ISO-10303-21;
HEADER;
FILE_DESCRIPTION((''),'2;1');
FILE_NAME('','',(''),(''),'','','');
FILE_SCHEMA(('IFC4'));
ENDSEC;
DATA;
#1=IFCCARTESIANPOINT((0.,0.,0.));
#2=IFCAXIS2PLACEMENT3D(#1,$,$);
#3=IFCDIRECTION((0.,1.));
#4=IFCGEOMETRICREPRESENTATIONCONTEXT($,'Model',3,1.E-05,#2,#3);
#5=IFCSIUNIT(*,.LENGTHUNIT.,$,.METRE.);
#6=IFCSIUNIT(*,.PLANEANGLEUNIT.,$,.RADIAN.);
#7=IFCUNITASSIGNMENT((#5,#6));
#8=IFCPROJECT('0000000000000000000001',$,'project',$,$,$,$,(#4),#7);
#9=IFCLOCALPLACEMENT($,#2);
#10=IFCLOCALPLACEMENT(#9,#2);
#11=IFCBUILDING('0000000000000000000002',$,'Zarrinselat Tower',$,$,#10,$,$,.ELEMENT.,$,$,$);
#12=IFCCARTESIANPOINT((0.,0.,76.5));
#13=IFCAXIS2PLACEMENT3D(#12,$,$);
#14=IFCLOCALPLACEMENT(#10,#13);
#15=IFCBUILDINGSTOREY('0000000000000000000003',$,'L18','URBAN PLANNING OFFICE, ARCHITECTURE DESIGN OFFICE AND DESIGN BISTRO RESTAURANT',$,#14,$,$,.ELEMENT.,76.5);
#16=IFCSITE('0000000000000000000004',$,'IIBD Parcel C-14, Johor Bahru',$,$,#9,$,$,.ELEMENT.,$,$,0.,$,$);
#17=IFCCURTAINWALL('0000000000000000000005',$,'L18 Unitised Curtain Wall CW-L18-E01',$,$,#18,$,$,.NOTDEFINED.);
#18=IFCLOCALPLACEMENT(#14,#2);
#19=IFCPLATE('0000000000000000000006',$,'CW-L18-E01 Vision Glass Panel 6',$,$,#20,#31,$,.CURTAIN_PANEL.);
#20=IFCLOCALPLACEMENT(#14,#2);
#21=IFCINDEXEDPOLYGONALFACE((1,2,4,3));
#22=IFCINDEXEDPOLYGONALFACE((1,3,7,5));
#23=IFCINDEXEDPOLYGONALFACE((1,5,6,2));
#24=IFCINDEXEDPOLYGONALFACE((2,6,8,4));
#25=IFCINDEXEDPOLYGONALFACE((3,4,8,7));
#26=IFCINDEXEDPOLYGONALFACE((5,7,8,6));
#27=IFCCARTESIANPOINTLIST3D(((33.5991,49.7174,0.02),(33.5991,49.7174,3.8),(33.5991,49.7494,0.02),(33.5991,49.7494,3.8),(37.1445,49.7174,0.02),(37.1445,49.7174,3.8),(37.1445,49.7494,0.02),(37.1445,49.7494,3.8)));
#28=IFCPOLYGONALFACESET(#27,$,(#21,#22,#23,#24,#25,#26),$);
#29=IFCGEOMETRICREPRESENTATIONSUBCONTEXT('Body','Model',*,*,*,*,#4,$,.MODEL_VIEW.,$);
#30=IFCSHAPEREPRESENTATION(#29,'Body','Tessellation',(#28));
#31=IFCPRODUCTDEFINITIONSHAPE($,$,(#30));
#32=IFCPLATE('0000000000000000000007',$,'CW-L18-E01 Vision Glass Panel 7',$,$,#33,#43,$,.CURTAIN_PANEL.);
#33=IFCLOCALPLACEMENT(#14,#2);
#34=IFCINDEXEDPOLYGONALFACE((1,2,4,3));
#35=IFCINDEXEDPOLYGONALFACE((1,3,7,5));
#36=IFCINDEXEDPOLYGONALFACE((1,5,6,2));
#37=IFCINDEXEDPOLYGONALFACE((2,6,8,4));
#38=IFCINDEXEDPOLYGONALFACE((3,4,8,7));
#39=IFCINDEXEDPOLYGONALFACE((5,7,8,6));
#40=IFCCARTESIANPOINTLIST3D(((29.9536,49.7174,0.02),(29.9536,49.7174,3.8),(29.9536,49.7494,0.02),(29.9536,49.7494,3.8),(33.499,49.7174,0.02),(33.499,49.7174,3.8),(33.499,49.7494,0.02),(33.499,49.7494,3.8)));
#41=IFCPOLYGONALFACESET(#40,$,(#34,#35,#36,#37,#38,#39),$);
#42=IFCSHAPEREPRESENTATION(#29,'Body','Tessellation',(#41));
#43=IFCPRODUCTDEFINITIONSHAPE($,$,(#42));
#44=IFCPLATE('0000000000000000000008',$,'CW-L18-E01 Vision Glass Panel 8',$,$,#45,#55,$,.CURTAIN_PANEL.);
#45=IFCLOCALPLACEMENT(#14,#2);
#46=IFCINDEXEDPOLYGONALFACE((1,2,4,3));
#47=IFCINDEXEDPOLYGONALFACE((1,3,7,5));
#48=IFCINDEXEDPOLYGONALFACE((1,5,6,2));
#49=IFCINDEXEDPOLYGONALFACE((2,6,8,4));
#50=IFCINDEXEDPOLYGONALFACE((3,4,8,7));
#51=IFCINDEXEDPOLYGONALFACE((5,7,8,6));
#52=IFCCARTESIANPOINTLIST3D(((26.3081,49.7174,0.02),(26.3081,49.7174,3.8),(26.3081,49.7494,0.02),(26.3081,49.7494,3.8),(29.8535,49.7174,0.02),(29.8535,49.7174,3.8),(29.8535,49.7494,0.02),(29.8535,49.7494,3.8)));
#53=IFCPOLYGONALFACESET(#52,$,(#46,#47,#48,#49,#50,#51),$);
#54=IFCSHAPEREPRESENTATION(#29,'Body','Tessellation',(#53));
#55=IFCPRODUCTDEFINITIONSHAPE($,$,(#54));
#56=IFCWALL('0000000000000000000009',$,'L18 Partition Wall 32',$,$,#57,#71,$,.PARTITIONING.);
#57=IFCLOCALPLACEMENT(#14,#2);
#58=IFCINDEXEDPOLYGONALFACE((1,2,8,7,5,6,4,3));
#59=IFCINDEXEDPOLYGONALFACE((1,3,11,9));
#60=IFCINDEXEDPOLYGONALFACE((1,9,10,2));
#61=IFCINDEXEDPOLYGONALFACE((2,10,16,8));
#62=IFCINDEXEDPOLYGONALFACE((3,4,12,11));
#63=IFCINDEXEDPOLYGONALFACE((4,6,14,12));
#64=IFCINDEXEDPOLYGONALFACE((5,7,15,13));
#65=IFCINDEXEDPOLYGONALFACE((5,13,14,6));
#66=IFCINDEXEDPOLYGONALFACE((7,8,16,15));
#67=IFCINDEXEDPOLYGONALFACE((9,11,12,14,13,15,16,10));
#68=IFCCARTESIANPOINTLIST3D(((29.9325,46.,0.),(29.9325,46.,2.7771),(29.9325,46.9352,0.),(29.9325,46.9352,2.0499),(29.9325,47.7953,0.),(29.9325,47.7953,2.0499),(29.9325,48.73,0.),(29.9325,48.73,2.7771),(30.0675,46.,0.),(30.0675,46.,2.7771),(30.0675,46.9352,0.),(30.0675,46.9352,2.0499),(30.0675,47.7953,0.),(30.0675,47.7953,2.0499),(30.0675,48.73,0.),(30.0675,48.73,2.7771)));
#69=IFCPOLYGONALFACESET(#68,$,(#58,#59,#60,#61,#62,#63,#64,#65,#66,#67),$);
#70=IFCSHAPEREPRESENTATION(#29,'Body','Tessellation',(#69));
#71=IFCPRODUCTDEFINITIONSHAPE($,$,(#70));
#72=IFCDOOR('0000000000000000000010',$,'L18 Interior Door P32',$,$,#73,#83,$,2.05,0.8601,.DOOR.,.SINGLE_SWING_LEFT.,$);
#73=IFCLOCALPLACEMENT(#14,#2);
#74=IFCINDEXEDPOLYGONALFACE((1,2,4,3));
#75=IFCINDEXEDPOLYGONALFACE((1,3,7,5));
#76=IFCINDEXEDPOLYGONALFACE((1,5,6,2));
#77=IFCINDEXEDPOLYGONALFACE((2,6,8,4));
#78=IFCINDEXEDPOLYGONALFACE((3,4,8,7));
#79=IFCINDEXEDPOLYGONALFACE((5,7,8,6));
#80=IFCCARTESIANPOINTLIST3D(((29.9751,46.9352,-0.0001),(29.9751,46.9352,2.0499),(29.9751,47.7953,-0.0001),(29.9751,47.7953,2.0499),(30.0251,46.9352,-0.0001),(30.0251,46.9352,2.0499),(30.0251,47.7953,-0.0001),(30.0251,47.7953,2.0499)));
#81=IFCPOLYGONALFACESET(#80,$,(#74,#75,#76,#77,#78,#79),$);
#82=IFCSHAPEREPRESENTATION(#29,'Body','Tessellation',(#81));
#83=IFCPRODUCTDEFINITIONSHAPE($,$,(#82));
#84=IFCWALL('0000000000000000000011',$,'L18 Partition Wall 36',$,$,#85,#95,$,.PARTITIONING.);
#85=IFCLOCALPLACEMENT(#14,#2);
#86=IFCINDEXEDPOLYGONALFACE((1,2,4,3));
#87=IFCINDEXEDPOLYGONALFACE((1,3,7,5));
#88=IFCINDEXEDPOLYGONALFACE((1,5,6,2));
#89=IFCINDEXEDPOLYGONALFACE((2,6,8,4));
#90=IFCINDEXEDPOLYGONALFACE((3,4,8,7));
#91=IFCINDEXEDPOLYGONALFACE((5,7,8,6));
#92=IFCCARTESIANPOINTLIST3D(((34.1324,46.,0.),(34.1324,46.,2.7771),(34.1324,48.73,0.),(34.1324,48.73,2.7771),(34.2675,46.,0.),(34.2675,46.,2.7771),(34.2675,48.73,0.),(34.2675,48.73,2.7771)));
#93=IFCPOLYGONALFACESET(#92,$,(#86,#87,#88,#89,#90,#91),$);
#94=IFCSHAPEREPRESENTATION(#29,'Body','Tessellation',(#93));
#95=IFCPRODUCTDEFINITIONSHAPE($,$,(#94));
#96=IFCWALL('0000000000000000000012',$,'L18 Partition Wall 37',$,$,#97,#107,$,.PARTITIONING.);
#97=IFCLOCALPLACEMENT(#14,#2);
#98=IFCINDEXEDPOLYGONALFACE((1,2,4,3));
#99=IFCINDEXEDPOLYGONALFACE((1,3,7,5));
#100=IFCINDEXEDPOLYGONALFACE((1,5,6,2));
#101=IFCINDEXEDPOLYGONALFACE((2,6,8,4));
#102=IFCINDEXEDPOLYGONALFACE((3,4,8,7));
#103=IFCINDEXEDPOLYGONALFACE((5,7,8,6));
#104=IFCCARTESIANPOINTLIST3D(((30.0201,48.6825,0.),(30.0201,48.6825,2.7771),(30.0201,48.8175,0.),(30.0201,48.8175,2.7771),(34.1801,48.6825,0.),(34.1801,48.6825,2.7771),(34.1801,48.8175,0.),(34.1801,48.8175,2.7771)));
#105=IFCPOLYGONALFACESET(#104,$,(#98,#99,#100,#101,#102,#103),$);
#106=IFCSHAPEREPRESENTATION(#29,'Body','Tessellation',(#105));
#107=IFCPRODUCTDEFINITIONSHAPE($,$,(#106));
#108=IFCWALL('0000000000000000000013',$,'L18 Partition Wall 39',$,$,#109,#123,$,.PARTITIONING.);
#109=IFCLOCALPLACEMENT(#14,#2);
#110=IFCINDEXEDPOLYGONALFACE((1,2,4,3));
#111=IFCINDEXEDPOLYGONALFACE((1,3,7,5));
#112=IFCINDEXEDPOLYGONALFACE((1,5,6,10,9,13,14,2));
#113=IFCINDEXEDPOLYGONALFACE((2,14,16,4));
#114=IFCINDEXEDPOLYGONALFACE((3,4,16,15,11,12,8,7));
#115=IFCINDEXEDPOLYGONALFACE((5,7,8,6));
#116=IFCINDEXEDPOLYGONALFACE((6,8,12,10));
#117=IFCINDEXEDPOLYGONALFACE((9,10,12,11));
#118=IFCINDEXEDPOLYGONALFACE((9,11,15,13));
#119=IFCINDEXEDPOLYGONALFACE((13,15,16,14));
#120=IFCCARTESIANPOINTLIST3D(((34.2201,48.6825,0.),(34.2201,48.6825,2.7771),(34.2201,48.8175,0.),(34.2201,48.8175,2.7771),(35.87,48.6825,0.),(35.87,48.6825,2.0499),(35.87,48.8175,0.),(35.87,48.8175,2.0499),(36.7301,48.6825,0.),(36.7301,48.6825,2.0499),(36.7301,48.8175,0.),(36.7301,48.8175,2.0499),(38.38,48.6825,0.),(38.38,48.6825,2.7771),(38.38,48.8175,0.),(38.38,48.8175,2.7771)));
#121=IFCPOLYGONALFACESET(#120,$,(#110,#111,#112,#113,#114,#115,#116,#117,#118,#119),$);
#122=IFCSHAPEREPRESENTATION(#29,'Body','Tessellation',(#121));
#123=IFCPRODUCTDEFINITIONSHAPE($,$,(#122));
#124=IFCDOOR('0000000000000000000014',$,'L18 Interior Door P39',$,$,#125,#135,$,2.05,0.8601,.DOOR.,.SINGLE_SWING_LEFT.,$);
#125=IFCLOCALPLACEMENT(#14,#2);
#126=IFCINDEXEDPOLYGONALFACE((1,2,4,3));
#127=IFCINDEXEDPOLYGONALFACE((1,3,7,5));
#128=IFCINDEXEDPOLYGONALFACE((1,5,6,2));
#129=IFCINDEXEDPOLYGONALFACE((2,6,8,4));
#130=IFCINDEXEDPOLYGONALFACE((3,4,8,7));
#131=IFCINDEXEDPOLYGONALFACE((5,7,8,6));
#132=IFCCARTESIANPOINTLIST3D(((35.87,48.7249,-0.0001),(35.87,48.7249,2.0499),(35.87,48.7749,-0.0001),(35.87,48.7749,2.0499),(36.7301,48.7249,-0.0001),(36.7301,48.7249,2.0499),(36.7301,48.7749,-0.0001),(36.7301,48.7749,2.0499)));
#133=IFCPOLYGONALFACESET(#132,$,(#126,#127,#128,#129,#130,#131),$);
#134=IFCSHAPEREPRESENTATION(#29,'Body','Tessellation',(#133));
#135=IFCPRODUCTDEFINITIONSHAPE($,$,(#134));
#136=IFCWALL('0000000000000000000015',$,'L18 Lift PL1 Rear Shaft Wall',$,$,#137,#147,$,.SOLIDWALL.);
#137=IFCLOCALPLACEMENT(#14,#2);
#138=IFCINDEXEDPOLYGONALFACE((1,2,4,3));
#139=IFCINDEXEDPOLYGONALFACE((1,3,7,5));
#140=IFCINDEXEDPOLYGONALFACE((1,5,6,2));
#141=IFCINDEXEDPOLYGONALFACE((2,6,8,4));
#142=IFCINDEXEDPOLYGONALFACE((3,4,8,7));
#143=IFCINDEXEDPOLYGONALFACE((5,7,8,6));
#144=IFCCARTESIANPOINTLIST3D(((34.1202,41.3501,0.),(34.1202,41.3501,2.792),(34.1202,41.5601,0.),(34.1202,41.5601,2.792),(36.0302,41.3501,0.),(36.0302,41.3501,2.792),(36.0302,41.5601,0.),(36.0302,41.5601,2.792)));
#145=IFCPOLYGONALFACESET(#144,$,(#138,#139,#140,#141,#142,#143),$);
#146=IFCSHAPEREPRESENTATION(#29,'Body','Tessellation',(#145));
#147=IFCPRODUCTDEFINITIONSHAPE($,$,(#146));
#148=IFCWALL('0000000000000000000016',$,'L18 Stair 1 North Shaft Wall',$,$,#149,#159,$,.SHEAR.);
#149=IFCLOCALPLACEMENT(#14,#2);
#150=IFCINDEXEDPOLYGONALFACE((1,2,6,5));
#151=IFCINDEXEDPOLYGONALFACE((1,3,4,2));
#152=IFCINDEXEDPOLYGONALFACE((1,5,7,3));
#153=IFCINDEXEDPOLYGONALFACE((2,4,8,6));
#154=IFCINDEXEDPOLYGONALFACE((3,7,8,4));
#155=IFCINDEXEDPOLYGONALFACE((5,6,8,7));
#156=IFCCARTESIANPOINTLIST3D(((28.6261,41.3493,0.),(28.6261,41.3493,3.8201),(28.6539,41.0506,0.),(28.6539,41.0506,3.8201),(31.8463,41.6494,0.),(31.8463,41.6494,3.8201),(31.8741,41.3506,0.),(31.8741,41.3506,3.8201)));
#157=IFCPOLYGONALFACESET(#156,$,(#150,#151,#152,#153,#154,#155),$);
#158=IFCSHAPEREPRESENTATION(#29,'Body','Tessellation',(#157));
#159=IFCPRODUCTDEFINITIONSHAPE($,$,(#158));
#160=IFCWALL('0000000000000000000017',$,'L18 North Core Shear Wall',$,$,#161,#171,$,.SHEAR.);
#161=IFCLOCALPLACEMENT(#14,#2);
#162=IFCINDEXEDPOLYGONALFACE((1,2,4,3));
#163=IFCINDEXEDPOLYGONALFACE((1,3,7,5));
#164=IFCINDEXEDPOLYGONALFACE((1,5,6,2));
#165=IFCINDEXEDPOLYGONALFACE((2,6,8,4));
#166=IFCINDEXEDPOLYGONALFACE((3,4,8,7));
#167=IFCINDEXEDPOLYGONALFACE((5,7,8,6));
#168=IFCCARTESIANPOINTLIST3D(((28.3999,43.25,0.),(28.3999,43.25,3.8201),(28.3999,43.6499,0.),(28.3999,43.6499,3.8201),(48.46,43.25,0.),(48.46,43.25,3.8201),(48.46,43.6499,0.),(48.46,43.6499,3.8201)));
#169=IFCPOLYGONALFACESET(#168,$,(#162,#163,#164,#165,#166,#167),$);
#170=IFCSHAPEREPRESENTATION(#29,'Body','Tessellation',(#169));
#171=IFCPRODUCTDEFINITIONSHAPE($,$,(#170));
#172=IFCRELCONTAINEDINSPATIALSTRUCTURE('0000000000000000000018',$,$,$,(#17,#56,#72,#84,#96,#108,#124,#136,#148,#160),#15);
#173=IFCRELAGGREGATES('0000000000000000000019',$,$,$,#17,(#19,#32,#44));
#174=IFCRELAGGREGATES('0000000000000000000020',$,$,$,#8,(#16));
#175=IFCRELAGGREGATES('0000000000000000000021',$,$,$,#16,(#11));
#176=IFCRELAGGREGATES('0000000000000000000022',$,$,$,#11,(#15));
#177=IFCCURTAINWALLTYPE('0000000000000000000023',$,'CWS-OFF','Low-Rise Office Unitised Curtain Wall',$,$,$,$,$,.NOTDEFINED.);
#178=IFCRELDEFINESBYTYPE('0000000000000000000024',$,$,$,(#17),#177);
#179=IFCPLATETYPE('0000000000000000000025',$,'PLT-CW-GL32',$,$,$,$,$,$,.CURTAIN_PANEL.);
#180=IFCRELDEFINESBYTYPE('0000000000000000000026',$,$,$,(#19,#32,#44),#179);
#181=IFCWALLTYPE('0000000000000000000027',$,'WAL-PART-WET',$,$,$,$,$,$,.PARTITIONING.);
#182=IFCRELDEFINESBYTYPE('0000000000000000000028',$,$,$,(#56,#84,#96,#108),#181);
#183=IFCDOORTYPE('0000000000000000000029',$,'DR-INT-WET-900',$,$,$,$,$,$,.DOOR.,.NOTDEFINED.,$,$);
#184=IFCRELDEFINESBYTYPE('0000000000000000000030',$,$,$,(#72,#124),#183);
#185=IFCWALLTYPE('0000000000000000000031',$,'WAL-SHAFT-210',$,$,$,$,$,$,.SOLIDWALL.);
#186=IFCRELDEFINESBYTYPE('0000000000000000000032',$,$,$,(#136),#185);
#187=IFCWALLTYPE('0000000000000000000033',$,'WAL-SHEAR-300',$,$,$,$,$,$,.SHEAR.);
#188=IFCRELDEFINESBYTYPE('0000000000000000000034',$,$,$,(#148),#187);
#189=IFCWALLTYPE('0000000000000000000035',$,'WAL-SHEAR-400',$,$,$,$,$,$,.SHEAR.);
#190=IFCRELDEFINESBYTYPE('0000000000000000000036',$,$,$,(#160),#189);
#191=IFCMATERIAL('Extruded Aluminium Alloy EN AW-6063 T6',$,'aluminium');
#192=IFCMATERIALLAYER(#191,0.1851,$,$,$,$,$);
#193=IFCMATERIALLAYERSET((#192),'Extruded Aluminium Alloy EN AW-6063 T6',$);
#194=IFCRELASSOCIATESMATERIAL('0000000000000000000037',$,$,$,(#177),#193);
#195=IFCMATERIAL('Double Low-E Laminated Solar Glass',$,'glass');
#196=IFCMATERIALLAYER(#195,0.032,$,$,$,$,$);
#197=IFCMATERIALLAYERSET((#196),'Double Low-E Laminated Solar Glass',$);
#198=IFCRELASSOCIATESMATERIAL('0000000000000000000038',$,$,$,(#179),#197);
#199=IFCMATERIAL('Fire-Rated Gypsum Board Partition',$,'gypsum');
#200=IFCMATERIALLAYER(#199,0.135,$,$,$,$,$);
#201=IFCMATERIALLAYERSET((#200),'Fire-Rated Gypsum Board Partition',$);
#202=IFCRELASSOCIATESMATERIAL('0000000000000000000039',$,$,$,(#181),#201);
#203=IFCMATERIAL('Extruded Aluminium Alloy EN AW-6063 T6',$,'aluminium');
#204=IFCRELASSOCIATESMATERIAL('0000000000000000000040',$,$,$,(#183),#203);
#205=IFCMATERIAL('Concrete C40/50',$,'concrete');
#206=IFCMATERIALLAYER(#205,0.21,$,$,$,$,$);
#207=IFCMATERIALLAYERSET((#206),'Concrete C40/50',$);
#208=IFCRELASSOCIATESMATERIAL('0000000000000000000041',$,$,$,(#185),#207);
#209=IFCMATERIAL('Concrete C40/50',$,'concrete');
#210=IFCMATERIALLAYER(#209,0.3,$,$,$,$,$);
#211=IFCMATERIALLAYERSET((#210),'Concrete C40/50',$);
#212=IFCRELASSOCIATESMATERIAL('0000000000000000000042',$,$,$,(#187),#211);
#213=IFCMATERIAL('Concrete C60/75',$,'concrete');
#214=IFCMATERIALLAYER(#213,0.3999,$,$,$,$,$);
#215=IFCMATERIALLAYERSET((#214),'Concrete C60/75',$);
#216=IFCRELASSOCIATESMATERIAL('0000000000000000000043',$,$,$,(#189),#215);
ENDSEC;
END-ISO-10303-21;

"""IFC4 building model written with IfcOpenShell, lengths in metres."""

from ifc_helpers import new_model, si_unit, direction, frame, frame_2d, origin, origin_2d, place, context, subcontext, project, spatial, rectangle, extrude, material, layer, layer_set, type_object, element, fill, aggregate, save


model = new_model("IFC4")

# Units and contexts
model_context = context("Model", 3, precision=1e-05, world=origin(), true_north=direction((0.0, 1.0)))
body_context = subcontext(model_context, "Body", "Model", "MODEL_VIEW")
ifc_project = project(units=[si_unit("LENGTHUNIT", "METRE"), si_unit("PLANEANGLEUNIT", "RADIAN")], contexts=[model_context])

# Site, building, storey
site_placement = place(None, origin())
site = spatial("IfcSite", under=ifc_project, at=site_placement, Name="IIBD Parcel C-14, Johor Bahru", CompositionType="ELEMENT", RefElevation=0.0)
building_placement = place(site_placement, origin())
building = spatial("IfcBuilding", under=site, at=building_placement, Name="Zarrinselat Tower", CompositionType="ELEMENT")
storey_placement = place(building_placement, frame((0.0, 0.0, 76.5)))
storey = spatial("IfcBuildingStorey", under=building, at=storey_placement, Name="L18", Description="URBAN PLANNING OFFICE, ARCHITECTURE DESIGN OFFICE AND DESIGN BISTRO RESTAURANT", CompositionType="ELEMENT", Elevation=76.5)

# Curtain wall, plates
ifc_material_1 = material(Name="Extruded Aluminium Alloy EN AW-6063 T6", Category="aluminium")
ifc_layer_1 = layer(ifc_material_1, 0.1851)
ifc_layer_set_1 = layer_set([ifc_layer_1], Name="Extruded Aluminium Alloy EN AW-6063 T6")
curtain_wall_type = type_object("IfcCurtainWallType", Name="CWS-OFF", Description="Low-Rise Office Unitised Curtain Wall", PredefinedType="NOTDEFINED", material=ifc_layer_set_1)
curtain_wall_placement = place(storey_placement, origin())
curtain_wall = element("IfcCurtainWall", 1, at=curtain_wall_placement, inside=storey, type_object=curtain_wall_type, Name="L18 Unitised Curtain Wall CW-L18-E01", PredefinedType="NOTDEFINED")
ifc_material_2 = material(Name="Double Low-E Laminated Solar Glass", Category="glass")
ifc_layer_2 = layer(ifc_material_2, 0.032)
ifc_layer_set_2 = layer_set([ifc_layer_2], Name="Double Low-E Laminated Solar Glass")
plate_type = type_object("IfcPlateType", Name="PLT-CW-GL32", PredefinedType="CURTAIN_PANEL", material=ifc_layer_set_2)
plate_1_placement = place(storey_placement, frame((35.3718, 49.7334, 0.02), z_axis=(0.0, 0.0, 1.0), x_axis=(-1.0, 0.0, 0.0)))
plate_1 = element("IfcPlate", 2, at=plate_1_placement, type_object=plate_type, Name="CW-L18-E01 Vision Glass Panel 6", PredefinedType="CURTAIN_PANEL", context=body_context, shape_type="SweptSolid", body=[
    extrude(rectangle(XDim=3.5454, YDim=0.032, at=origin_2d()), origin(), (0.0, 0.0, 1.0), 3.78),
])
plate_2_placement = place(storey_placement, frame((31.7263, 49.7334, 0.02), z_axis=(0.0, 0.0, 1.0), x_axis=(-1.0, 0.0, 0.0)))
plate_2 = element("IfcPlate", 3, at=plate_2_placement, type_object=plate_type, Name="CW-L18-E01 Vision Glass Panel 7", PredefinedType="CURTAIN_PANEL", context=body_context, shape_type="SweptSolid", body=[
    extrude(rectangle(XDim=3.5454, YDim=0.032, at=origin_2d()), origin(), (0.0, 0.0, 1.0), 3.78),
])
plate_3_placement = place(storey_placement, frame((28.0808, 49.7334, 0.02), z_axis=(0.0, 0.0, 1.0), x_axis=(-1.0, 0.0, 0.0)))
plate_3 = element("IfcPlate", 4, at=plate_3_placement, type_object=plate_type, Name="CW-L18-E01 Vision Glass Panel 8", PredefinedType="CURTAIN_PANEL", context=body_context, shape_type="SweptSolid", body=[
    extrude(rectangle(XDim=3.5454, YDim=0.032, at=origin_2d()), origin(), (0.0, 0.0, 1.0), 3.78),
])
aggregate(curtain_wall, [plate_1, plate_2, plate_3])

# Wall, opening, door
ifc_material_3 = material(Name="Fire-Rated Gypsum Board Partition", Category="gypsum")
ifc_layer_3 = layer(ifc_material_3, 0.135)
ifc_layer_set_3 = layer_set([ifc_layer_3], Name="Fire-Rated Gypsum Board Partition")
wall_type_1 = type_object("IfcWallType", Name="WAL-PART-WET", PredefinedType="PARTITIONING", material=ifc_layer_set_3)
wall_1_placement = place(storey_placement, frame((30.0, 46.0, 0.0), z_axis=(0.0, 0.0, 1.0), x_axis=(0.0, 1.0, 0.0)))
wall_1 = element("IfcWall", 5, at=wall_1_placement, inside=storey, type_object=wall_type_1, Name="L18 Partition Wall 32", PredefinedType="PARTITIONING", context=body_context, shape_type="SweptSolid", body=[
    extrude(rectangle(XDim=2.73, YDim=0.135, at=frame_2d((1.365, 0.0))), origin(), (0.0, 0.0, 1.0), 2.7771),
])
opening_1_placement = place(wall_1_placement, frame((0.9351, 0.0, 0.0)))
opening_1 = element("IfcOpeningElement", 6, at=opening_1_placement, cuts=wall_1, PredefinedType="OPENING", context=body_context, shape_type="SweptSolid", body=[
    extrude(rectangle(XDim=0.8601, YDim=2.05, at=frame_2d((0.4302, 1.0249))), frame((0.0, 0.0774, 0.0), z_axis=(0.0, -1.0, 0.0), x_axis=(1.0, 0.0, 0.0)), (0.0, 0.0, 1.0), 0.155),
])
ifc_material_4 = material(Name="Extruded Aluminium Alloy EN AW-6063 T6", Category="aluminium")
door_type = type_object("IfcDoorType", Name="DR-INT-WET-900", OperationType="NOTDEFINED", PredefinedType="DOOR", material=ifc_material_4)
door_1_placement = place(opening_1_placement, origin())
door_1 = element("IfcDoor", 7, at=door_1_placement, inside=storey, type_object=door_type, Name="L18 Interior Door P32", OperationType="SINGLE_SWING_LEFT", OverallHeight=2.05, OverallWidth=0.8601, PredefinedType="DOOR", context=body_context, shape_type="SweptSolid", body=[
    extrude(rectangle(XDim=0.8601, YDim=2.05, at=frame_2d((0.4302, 1.0249))), frame((0.0, 0.0249, 0.0), z_axis=(0.0, -1.0, 0.0), x_axis=(1.0, 0.0, 0.0)), (0.0, 0.0, 1.0), 0.05),
])
fill(opening_1, door_1)

# Walls
wall_2_placement = place(storey_placement, frame((34.2, 46.0, 0.0), z_axis=(0.0, 0.0, 1.0), x_axis=(0.0, 1.0, 0.0)))
element("IfcWall", 8, at=wall_2_placement, inside=storey, type_object=wall_type_1, Name="L18 Partition Wall 36", PredefinedType="PARTITIONING", context=body_context, shape_type="SweptSolid", body=[
    extrude(rectangle(XDim=2.73, YDim=0.135, at=frame_2d((1.365, 0.0))), origin(), (0.0, 0.0, 1.0), 2.7771),
])
wall_3_placement = place(storey_placement, frame((30.02, 48.75, 0.0), z_axis=(0.0, 0.0, 1.0), x_axis=(1.0, 0.0, 0.0)))
element("IfcWall", 9, at=wall_3_placement, inside=storey, type_object=wall_type_1, Name="L18 Partition Wall 37", PredefinedType="PARTITIONING", context=body_context, shape_type="SweptSolid", body=[
    extrude(rectangle(XDim=4.1599, YDim=0.135, at=frame_2d((2.0801, 0.0))), origin(), (0.0, 0.0, 1.0), 2.7771),
])

# Wall, opening, door
wall_4_placement = place(storey_placement, frame((34.22, 48.75, 0.0), z_axis=(0.0, 0.0, 1.0), x_axis=(1.0, 0.0, 0.0)))
wall_4 = element("IfcWall", 10, at=wall_4_placement, inside=storey, type_object=wall_type_1, Name="L18 Partition Wall 39", PredefinedType="PARTITIONING", context=body_context, shape_type="SweptSolid", body=[
    extrude(rectangle(XDim=4.1599, YDim=0.135, at=frame_2d((2.0801, 0.0))), origin(), (0.0, 0.0, 1.0), 2.7771),
])
opening_2_placement = place(wall_4_placement, frame((1.6499, 0.0, 0.0)))
opening_2 = element("IfcOpeningElement", 11, at=opening_2_placement, cuts=wall_4, PredefinedType="OPENING", context=body_context, shape_type="SweptSolid", body=[
    extrude(rectangle(XDim=0.8601, YDim=2.05, at=frame_2d((0.4302, 1.0249))), frame((0.0, 0.0774, 0.0), z_axis=(0.0, -1.0, 0.0), x_axis=(1.0, 0.0, 0.0)), (0.0, 0.0, 1.0), 0.155),
])
door_2_placement = place(opening_2_placement, origin())
door_2 = element("IfcDoor", 12, at=door_2_placement, inside=storey, type_object=door_type, Name="L18 Interior Door P39", OperationType="SINGLE_SWING_LEFT", OverallHeight=2.05, OverallWidth=0.8601, PredefinedType="DOOR", context=body_context, shape_type="SweptSolid", body=[
    extrude(rectangle(XDim=0.8601, YDim=2.05, at=frame_2d((0.4302, 1.0249))), frame((0.0, 0.0249, 0.0), z_axis=(0.0, -1.0, 0.0), x_axis=(1.0, 0.0, 0.0)), (0.0, 0.0, 1.0), 0.05),
])
fill(opening_2, door_2)

# Walls
ifc_material_5 = material(Name="Concrete C40/50", Category="concrete")
ifc_layer_4 = layer(ifc_material_5, 0.21)
ifc_layer_set_4 = layer_set([ifc_layer_4], Name="Concrete C40/50")
wall_type_2 = type_object("IfcWallType", Name="WAL-SHAFT-210", PredefinedType="SOLIDWALL", material=ifc_layer_set_4)
wall_5_placement = place(storey_placement, frame((34.1201, 41.4551, 0.0), z_axis=(0.0, 0.0, 1.0), x_axis=(1.0, 0.0, 0.0)))
element("IfcWall", 13, at=wall_5_placement, inside=storey, type_object=wall_type_2, Name="L18 Lift PL1 Rear Shaft Wall", PredefinedType="SOLIDWALL", context=body_context, shape_type="SweptSolid", body=[
    extrude(rectangle(XDim=1.9099, YDim=0.21, at=frame_2d((0.9551, 0.0))), origin(), (0.0, 0.0, 1.0), 2.792),
])
ifc_material_6 = material(Name="Concrete C40/50", Category="concrete")
ifc_layer_5 = layer(ifc_material_6, 0.3)
ifc_layer_set_5 = layer_set([ifc_layer_5], Name="Concrete C40/50")
wall_type_3 = type_object("IfcWallType", Name="WAL-SHEAR-300", PredefinedType="SHEAR", material=ifc_layer_set_5)
wall_6_placement = place(storey_placement, frame((28.6399, 41.2, 0.0), z_axis=(0.0, 0.0, 1.0), x_axis=(0.995687, 0.092775, 0.0)))
element("IfcWall", 14, at=wall_6_placement, inside=storey, type_object=wall_type_3, Name="L18 Stair 1 North Shaft Wall", PredefinedType="SHEAR", context=body_context, shape_type="SweptSolid", body=[
    extrude(rectangle(XDim=3.2341, YDim=0.3, at=frame_2d((1.6172, 0.0))), origin(), (0.0, 0.0, 1.0), 3.8201),
])
ifc_material_7 = material(Name="Concrete C60/75", Category="concrete")
ifc_layer_6 = layer(ifc_material_7, 0.3999)
ifc_layer_set_6 = layer_set([ifc_layer_6], Name="Concrete C60/75")
wall_type_4 = type_object("IfcWallType", Name="WAL-SHEAR-400", PredefinedType="SHEAR", material=ifc_layer_set_6)
wall_7_placement = place(storey_placement, frame((28.3999, 43.45, 0.0), z_axis=(0.0, 0.0, 1.0), x_axis=(1.0, 0.0, 0.0)))
element("IfcWall", 15, at=wall_7_placement, inside=storey, type_object=wall_type_4, Name="L18 North Core Shear Wall", PredefinedType="SHEAR", context=body_context, shape_type="SweptSolid", body=[
    extrude(rectangle(XDim=20.0601, YDim=0.3999, at=frame_2d((10.03, 0.0))), origin(), (0.0, 0.0, 1.0), 3.8201),
])

save(model, "model.ifc")
